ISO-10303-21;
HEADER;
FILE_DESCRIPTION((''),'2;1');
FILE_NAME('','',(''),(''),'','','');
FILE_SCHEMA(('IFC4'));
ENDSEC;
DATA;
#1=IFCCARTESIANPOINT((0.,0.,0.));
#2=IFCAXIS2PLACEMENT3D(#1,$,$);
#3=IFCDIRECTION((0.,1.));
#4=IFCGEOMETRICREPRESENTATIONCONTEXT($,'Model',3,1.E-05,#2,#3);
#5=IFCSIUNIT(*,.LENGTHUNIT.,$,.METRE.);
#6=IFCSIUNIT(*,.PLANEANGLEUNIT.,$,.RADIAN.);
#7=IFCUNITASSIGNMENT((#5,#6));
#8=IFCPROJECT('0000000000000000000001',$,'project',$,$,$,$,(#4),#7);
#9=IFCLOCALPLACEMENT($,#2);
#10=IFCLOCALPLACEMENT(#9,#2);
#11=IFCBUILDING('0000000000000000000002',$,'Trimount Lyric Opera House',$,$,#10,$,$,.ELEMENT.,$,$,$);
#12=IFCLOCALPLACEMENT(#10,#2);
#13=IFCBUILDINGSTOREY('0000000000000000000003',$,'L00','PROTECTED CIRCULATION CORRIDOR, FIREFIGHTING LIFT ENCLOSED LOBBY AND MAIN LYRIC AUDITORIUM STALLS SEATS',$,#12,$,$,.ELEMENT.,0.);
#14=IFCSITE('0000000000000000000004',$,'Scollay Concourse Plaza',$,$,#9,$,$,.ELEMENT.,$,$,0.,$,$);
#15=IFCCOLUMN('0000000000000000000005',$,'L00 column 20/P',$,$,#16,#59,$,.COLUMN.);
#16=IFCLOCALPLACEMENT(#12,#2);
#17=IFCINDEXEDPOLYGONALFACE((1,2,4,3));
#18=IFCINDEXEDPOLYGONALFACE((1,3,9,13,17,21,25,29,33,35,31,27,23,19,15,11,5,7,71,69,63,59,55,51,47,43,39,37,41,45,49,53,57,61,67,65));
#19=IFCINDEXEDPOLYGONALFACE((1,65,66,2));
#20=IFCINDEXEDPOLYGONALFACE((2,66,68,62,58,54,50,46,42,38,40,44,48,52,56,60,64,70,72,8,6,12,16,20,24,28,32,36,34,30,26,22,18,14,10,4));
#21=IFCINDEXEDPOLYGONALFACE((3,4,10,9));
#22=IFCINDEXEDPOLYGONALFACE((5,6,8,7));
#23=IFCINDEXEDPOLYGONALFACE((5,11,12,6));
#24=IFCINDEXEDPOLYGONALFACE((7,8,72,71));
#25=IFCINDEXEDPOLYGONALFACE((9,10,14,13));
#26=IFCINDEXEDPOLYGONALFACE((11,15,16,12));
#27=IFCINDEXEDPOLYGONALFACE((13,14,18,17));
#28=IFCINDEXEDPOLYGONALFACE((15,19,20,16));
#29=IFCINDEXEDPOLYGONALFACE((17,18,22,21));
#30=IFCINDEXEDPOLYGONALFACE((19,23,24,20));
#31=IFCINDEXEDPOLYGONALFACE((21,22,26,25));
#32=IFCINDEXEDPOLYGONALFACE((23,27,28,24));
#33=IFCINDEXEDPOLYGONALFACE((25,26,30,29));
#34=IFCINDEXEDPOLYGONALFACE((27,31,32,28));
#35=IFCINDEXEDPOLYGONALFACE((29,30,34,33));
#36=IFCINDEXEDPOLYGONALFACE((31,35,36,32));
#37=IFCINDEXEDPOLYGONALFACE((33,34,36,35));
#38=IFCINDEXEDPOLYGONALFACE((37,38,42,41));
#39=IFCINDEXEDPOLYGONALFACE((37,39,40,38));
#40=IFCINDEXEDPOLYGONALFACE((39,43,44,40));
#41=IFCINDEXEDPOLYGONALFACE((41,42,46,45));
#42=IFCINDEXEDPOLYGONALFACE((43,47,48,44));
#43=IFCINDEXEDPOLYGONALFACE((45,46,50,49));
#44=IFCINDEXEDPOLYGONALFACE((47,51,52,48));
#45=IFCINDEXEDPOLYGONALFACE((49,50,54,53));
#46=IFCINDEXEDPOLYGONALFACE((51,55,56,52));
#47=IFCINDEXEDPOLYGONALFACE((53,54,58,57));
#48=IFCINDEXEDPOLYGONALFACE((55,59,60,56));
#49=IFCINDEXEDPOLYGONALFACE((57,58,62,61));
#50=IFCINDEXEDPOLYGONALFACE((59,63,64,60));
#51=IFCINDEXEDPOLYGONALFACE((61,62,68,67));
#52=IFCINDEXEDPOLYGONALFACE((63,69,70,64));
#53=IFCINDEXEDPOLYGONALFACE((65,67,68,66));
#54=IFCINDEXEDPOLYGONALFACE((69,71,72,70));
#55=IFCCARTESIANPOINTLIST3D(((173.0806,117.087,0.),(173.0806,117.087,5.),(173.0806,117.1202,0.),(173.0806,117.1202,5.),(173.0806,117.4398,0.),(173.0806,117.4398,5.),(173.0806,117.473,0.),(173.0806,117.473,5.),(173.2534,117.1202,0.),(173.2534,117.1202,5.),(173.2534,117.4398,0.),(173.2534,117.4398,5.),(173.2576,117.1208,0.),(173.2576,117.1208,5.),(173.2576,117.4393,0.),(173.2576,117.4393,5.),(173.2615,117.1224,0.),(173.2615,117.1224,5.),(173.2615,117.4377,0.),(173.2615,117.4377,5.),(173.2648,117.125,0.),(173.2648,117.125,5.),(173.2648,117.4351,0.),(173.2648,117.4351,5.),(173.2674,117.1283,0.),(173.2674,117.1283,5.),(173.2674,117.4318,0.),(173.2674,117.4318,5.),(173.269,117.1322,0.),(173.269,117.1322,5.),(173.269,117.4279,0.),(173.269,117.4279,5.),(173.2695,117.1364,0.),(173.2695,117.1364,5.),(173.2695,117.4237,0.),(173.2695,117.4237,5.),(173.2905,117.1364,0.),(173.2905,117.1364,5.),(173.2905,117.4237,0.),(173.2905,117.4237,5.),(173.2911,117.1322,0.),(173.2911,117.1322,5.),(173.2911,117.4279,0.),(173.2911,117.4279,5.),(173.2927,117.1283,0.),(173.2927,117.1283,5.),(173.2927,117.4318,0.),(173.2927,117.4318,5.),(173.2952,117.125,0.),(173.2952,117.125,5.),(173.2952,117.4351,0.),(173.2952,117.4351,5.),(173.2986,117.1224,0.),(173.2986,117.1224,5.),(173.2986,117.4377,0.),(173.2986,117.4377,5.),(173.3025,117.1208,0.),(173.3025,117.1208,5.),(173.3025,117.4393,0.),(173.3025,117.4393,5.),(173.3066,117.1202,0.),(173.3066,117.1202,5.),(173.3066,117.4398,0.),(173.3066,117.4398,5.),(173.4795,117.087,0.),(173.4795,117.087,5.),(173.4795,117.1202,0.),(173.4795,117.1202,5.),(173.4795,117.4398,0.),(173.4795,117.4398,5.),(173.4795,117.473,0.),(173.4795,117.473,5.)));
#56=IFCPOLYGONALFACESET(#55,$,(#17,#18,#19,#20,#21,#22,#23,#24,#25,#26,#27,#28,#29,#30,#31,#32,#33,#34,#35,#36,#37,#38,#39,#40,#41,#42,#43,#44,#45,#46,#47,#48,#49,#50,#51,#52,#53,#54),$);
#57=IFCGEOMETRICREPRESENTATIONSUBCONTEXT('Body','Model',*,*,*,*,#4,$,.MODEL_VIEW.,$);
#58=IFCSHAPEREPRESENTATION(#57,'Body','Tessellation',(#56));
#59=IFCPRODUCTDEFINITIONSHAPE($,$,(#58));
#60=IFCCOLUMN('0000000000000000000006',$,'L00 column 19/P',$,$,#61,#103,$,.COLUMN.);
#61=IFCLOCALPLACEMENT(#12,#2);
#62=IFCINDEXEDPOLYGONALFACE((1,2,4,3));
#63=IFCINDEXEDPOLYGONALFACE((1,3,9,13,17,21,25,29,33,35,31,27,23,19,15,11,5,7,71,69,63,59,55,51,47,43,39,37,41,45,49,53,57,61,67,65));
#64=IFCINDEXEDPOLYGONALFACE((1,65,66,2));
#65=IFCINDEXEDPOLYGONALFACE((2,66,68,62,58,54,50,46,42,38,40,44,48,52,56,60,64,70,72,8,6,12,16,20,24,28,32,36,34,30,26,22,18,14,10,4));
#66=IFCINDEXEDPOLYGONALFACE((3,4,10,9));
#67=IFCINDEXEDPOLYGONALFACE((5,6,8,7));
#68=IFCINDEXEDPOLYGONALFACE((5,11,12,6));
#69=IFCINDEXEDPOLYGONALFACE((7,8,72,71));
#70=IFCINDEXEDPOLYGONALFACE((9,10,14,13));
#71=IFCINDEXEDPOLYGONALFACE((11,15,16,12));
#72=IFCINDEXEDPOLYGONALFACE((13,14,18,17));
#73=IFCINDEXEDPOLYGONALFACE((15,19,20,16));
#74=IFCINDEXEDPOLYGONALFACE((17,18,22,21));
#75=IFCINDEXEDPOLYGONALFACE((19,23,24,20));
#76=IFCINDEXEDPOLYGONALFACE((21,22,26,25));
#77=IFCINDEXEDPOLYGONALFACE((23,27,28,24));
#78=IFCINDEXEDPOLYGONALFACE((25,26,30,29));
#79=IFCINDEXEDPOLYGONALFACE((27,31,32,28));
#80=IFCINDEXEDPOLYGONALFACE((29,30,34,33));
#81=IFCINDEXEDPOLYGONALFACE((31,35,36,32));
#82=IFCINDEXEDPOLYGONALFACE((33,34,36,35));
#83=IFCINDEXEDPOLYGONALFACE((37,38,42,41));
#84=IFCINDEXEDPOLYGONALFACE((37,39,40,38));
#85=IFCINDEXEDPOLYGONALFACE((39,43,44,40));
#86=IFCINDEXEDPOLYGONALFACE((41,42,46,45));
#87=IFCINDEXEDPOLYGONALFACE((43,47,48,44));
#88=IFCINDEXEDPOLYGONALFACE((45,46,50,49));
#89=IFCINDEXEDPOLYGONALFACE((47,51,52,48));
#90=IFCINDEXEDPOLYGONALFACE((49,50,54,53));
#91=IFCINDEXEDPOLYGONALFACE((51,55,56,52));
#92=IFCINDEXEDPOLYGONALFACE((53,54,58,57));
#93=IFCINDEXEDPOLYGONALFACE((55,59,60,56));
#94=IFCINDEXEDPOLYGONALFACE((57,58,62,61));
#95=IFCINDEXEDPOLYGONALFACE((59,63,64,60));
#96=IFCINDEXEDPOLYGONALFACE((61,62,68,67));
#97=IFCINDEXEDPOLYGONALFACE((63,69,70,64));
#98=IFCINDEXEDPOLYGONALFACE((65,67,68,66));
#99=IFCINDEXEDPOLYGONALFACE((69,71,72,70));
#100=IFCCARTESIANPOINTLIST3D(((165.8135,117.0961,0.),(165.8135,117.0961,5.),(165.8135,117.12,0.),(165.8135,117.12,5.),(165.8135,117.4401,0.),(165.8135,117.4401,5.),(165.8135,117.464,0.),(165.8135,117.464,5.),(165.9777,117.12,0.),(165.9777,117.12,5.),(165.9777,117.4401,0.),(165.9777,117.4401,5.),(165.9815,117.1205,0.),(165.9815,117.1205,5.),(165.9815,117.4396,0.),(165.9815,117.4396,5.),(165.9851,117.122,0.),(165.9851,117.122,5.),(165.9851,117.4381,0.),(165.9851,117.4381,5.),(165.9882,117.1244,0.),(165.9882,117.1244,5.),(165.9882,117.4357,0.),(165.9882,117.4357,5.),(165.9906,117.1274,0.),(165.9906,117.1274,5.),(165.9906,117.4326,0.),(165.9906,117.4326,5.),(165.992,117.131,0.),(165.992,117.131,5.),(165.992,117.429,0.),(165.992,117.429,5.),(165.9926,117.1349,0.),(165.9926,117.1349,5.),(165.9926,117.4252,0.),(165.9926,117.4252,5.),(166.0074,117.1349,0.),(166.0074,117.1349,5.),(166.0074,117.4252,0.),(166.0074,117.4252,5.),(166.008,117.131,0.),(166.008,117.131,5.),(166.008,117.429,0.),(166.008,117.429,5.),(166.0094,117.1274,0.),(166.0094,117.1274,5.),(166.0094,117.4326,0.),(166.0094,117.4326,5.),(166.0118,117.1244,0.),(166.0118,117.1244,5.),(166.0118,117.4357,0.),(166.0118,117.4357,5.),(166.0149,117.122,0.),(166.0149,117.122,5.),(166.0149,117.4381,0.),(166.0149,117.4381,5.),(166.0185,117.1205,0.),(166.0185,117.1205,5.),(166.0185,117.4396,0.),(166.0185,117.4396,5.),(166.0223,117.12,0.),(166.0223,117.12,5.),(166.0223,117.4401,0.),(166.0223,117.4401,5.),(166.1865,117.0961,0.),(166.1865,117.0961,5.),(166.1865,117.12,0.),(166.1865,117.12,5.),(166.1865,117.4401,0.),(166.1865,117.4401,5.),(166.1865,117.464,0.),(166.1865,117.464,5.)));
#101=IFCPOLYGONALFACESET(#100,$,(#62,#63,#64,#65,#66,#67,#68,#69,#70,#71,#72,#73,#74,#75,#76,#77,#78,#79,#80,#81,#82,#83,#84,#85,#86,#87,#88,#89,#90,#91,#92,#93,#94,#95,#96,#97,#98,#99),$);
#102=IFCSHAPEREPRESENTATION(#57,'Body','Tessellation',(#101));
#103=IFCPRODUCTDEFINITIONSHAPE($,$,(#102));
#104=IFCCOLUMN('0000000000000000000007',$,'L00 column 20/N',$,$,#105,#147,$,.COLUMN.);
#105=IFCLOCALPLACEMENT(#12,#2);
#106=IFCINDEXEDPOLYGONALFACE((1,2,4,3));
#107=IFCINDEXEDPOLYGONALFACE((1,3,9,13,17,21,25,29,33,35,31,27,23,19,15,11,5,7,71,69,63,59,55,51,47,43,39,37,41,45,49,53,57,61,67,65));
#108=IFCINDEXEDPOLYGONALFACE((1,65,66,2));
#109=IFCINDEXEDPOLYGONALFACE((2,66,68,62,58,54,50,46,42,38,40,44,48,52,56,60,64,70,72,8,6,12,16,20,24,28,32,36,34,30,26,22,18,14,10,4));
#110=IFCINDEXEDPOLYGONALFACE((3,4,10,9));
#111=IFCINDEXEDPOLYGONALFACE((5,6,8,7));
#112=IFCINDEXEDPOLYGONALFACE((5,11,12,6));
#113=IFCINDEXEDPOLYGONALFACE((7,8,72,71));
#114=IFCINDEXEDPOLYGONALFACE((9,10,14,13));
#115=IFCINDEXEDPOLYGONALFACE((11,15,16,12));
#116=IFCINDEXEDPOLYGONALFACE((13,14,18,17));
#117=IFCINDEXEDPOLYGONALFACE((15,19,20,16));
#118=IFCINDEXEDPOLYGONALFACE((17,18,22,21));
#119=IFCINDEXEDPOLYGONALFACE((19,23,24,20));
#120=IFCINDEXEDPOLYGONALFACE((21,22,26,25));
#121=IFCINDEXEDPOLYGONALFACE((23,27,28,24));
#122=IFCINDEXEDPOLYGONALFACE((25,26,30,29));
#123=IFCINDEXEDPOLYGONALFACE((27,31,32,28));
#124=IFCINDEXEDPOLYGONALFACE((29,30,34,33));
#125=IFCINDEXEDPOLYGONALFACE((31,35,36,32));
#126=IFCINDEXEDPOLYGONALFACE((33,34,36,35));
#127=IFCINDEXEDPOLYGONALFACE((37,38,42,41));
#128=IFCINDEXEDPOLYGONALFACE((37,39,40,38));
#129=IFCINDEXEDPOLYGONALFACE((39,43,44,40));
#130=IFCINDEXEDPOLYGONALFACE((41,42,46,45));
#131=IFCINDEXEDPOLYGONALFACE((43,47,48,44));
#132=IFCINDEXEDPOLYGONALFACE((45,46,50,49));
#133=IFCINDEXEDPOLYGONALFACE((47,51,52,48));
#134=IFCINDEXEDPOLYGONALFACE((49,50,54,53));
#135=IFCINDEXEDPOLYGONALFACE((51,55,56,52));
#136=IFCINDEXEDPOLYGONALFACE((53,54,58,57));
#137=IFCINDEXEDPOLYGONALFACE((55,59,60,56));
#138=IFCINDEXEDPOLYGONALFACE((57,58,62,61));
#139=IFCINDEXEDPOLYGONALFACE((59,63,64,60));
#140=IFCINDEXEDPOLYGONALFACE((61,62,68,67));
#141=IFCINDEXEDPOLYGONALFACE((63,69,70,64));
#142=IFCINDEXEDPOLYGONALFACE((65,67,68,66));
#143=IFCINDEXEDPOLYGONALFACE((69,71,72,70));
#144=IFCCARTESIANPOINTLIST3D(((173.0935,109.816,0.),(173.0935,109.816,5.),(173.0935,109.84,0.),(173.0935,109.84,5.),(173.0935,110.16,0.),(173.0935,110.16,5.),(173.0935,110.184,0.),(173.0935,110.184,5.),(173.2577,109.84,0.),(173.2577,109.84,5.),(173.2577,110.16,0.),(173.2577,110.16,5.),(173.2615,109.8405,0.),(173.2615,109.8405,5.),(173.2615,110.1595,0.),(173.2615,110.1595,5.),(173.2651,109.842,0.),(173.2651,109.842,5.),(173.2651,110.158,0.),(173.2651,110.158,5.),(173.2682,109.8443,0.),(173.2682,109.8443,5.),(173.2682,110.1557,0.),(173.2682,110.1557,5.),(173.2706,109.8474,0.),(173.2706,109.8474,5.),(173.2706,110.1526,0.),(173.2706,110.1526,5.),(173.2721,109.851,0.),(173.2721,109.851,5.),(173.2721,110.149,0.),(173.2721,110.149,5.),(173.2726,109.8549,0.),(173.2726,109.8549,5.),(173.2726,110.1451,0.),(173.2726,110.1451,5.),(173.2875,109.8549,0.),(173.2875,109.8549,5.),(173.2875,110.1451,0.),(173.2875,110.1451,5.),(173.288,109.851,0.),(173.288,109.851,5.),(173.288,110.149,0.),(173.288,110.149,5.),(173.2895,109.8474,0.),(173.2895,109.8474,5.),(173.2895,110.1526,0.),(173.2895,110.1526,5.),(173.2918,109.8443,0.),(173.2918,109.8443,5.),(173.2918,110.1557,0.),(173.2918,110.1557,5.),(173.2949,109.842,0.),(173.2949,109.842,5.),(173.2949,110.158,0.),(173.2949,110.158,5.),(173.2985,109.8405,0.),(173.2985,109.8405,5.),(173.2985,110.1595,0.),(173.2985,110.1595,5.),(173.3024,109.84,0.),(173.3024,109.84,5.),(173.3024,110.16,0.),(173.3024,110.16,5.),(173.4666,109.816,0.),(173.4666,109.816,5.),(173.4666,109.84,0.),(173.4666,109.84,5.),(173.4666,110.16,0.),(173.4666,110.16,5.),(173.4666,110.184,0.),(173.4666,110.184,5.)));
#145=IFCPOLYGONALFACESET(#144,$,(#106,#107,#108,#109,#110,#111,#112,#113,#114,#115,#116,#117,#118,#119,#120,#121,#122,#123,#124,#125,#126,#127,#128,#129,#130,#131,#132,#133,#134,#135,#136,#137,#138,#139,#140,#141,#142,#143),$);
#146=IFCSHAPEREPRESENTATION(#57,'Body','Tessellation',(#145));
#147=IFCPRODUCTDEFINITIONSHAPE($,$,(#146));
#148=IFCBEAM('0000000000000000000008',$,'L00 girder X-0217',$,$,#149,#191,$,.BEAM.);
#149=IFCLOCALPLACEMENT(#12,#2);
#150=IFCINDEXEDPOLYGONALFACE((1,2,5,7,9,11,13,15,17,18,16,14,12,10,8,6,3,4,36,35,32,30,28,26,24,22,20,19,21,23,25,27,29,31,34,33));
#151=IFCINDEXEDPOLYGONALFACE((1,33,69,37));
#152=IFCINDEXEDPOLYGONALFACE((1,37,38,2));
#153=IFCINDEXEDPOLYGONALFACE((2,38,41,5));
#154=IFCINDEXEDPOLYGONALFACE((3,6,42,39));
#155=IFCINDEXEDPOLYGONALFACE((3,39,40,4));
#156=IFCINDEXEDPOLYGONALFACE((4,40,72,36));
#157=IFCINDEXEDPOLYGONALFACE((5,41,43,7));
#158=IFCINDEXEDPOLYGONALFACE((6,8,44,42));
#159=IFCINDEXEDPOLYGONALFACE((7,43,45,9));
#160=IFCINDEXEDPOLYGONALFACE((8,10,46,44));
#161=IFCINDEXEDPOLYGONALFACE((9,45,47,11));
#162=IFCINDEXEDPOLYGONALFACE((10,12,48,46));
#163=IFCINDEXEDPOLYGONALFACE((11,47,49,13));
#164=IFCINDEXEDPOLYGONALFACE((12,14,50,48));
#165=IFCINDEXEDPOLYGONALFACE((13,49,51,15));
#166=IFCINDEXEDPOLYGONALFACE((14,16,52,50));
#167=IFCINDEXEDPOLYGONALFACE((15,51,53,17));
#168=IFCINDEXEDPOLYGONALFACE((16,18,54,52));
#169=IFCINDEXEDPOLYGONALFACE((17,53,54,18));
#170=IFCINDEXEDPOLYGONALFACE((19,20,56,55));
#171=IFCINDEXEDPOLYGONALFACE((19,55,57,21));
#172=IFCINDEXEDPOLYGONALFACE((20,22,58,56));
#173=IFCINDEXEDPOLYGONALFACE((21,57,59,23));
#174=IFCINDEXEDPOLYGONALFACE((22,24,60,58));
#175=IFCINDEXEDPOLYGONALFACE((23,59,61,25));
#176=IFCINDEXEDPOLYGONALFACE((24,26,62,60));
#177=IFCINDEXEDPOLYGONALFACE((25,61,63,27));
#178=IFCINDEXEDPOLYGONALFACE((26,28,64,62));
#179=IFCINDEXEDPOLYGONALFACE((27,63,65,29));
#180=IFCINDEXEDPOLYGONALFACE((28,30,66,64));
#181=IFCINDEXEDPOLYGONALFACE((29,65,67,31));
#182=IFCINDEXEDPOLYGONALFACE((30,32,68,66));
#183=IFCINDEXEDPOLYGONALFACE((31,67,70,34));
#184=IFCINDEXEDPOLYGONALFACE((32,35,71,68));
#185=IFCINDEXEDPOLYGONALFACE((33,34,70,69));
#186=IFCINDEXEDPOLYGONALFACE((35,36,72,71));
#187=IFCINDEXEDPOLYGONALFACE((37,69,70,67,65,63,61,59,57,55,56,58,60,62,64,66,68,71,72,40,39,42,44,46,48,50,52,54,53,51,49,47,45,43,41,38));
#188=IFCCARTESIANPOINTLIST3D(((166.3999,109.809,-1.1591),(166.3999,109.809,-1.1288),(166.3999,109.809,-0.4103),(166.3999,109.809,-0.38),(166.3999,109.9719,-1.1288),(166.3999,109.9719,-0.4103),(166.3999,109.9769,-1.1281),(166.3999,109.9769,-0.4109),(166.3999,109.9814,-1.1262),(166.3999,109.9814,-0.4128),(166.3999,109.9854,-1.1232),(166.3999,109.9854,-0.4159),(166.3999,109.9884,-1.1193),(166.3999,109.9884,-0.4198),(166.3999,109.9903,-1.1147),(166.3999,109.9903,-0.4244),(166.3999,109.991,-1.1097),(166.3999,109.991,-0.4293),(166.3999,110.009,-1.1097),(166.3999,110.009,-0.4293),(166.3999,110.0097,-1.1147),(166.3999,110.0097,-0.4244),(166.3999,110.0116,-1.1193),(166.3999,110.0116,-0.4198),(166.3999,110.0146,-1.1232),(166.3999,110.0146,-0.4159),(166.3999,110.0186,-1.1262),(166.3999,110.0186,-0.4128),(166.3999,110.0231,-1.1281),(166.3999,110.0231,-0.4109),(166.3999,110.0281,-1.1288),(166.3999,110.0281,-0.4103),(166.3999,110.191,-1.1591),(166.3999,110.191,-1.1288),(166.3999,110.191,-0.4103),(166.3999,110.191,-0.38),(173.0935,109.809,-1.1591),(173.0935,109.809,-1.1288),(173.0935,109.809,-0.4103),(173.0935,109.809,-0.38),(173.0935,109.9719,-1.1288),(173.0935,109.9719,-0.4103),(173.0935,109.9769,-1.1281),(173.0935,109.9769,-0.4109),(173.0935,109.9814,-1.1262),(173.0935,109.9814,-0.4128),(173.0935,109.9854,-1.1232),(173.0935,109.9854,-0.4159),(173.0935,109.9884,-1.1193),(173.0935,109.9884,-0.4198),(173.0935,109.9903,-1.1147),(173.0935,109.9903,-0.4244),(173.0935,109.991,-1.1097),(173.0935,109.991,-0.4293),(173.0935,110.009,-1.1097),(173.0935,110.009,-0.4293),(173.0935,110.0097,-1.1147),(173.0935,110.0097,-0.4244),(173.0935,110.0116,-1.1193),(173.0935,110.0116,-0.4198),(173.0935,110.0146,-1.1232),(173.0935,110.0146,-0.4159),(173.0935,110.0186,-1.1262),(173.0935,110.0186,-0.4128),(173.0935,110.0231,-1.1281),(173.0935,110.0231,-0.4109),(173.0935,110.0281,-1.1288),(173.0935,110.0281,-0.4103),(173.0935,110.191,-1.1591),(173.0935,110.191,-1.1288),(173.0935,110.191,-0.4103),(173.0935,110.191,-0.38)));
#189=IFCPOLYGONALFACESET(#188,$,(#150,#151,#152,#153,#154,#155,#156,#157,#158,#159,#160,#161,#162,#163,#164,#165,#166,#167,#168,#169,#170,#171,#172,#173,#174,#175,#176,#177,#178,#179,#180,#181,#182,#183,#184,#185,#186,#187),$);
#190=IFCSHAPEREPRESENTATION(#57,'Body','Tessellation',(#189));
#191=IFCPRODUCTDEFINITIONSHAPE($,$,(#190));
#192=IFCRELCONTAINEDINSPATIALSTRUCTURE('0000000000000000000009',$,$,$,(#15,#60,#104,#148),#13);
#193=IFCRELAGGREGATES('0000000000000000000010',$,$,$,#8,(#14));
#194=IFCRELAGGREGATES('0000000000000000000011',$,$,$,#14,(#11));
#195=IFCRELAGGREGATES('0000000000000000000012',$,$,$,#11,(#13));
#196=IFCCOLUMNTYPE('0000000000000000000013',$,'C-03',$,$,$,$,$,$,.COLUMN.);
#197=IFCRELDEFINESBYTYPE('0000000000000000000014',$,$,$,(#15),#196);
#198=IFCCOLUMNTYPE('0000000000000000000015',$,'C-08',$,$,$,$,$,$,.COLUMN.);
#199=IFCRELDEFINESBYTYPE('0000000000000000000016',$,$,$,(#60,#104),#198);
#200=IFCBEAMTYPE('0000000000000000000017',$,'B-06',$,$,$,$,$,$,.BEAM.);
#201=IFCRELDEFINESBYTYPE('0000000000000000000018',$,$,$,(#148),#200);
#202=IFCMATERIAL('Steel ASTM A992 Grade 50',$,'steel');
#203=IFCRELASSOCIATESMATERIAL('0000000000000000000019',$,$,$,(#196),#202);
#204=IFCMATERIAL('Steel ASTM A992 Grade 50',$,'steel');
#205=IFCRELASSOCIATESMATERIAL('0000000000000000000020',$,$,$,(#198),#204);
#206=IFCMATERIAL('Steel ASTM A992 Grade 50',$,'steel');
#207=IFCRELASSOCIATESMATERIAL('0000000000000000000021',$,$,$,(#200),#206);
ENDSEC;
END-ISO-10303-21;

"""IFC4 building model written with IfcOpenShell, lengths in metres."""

from ifc_helpers import new_model, si_unit, direction, frame, origin, origin_2d, place, context, subcontext, project, spatial, i_section, extrude, material, material_profile, profile_set, type_object, element, save


model = new_model("IFC4")

# Units and contexts
model_context = context("Model", 3, precision=1e-05, world=origin(), true_north=direction((0.0, 1.0)))
body_context = subcontext(model_context, "Body", "Model", "MODEL_VIEW")
ifc_project = project(units=[si_unit("LENGTHUNIT", "METRE"), si_unit("PLANEANGLEUNIT", "RADIAN")], contexts=[model_context])

# Site, building, storey
site_placement = place(None, origin())
site = spatial("IfcSite", under=ifc_project, at=site_placement, Name="Scollay Concourse Plaza", CompositionType="ELEMENT", RefElevation=0.0)
building_placement = place(site_placement, origin())
building = spatial("IfcBuilding", under=site, at=building_placement, Name="Trimount Lyric Opera House", CompositionType="ELEMENT")
storey_placement = place(building_placement, origin())
storey = spatial("IfcBuildingStorey", under=building, at=storey_placement, Name="L00", Description="PROTECTED CIRCULATION CORRIDOR, FIREFIGHTING LIFT ENCLOSED LOBBY AND MAIN LYRIC AUDITORIUM STALLS SEATS", CompositionType="ELEMENT", Elevation=0.0)

# Columns
ifc_material_1 = material(Name="Steel ASTM A992 Grade 50", Category="steel")
ifc_material_profile_1 = material_profile(ifc_material_1, i_section(OverallWidth=0.3989, OverallDepth=0.386, WebThickness=0.021, FlangeThickness=0.0332, FilletRadius=0.0161, at=origin_2d()), Name="W14X176")
ifc_profile_set_1 = profile_set([ifc_material_profile_1], Name="Steel ASTM A992 Grade 50")
column_type_1 = type_object("IfcColumnType", Name="C-03", PredefinedType="COLUMN", material=ifc_profile_set_1)
column_placement = place(storey_placement, frame((173.28, 117.28, 0.0), z_axis=(0.0, 0.0, 1.0), x_axis=(1.0, 0.0, 0.0)))
element("IfcColumn", 1, at=column_placement, inside=storey, type_object=column_type_1, Name="L00 column 20/P", PredefinedType="COLUMN", context=body_context, shape_type="SweptSolid", body=[
    extrude(i_section(OverallWidth=0.3989, OverallDepth=0.386, WebThickness=0.021, FlangeThickness=0.0332, FilletRadius=0.0161, at=origin_2d()), origin(), (0.0, 0.0, 1.0), 5.0),
])
ifc_material_2 = material(Name="Steel ASTM A992 Grade 50", Category="steel")
ifc_material_profile_2 = material_profile(ifc_material_2, i_section(OverallWidth=0.373, OverallDepth=0.3679, WebThickness=0.0149, FlangeThickness=0.0239, FilletRadius=0.0149, at=origin_2d()), Name="W14X120")
ifc_profile_set_2 = profile_set([ifc_material_profile_2], Name="Steel ASTM A992 Grade 50")
column_type_2 = type_object("IfcColumnType", Name="C-08", PredefinedType="COLUMN", material=ifc_profile_set_2)
for number, where, z_axis, x_axis, name in (
    (2, (166.0, 117.28, 0.0), (0.0, 0.0, 1.0), (1.0, 0.0, 0.0), "L00 column 19/P"),
    (3, (173.28, 110.0, 0.0), (0.0, 0.0, 1.0), (1.0, 0.0, 0.0), "L00 column 20/N"),
):
    element("IfcColumn", number, at=place(storey_placement, frame(where, z_axis=z_axis, x_axis=x_axis)), inside=storey, type_object=column_type_2, Name=name, PredefinedType="COLUMN", context=body_context, shape_type="SweptSolid", body=[
        extrude(i_section(OverallWidth=0.373, OverallDepth=0.3679, WebThickness=0.0149, FlangeThickness=0.0239, FilletRadius=0.0149, at=origin_2d()), origin(), (0.0, 0.0, 1.0), 5.0),
    ])

# Beam
ifc_material_3 = material(Name="Steel ASTM A992 Grade 50", Category="steel")
ifc_material_profile_3 = material_profile(ifc_material_3, i_section(OverallWidth=0.3821, OverallDepth=0.7791, WebThickness=0.0181, FlangeThickness=0.0303, FilletRadius=0.019, at=origin_2d()), Name="W30X191")
ifc_profile_set_3 = profile_set([ifc_material_profile_3], Name="Steel ASTM A992 Grade 50")
beam_type_1 = type_object("IfcBeamType", Name="B-06", PredefinedType="BEAM", material=ifc_profile_set_3)
beam_1_placement = place(storey_placement, frame((166.3999, 110.0, -0.7695), z_axis=(1.0, 0.0, 0.0), x_axis=(0.0, 1.0, 0.0)))
element("IfcBeam", 4, at=beam_1_placement, inside=storey, type_object=beam_type_1, Name="L00 girder X-0217", PredefinedType="BEAM", context=body_context, shape_type="SweptSolid", body=[
    extrude(i_section(OverallWidth=0.3821, OverallDepth=0.7791, WebThickness=0.0181, FlangeThickness=0.0303, FilletRadius=0.019, at=origin_2d()), origin(), (0.0, 0.0, 1.0), 6.6936),
])

save(model, "model.ifc")
